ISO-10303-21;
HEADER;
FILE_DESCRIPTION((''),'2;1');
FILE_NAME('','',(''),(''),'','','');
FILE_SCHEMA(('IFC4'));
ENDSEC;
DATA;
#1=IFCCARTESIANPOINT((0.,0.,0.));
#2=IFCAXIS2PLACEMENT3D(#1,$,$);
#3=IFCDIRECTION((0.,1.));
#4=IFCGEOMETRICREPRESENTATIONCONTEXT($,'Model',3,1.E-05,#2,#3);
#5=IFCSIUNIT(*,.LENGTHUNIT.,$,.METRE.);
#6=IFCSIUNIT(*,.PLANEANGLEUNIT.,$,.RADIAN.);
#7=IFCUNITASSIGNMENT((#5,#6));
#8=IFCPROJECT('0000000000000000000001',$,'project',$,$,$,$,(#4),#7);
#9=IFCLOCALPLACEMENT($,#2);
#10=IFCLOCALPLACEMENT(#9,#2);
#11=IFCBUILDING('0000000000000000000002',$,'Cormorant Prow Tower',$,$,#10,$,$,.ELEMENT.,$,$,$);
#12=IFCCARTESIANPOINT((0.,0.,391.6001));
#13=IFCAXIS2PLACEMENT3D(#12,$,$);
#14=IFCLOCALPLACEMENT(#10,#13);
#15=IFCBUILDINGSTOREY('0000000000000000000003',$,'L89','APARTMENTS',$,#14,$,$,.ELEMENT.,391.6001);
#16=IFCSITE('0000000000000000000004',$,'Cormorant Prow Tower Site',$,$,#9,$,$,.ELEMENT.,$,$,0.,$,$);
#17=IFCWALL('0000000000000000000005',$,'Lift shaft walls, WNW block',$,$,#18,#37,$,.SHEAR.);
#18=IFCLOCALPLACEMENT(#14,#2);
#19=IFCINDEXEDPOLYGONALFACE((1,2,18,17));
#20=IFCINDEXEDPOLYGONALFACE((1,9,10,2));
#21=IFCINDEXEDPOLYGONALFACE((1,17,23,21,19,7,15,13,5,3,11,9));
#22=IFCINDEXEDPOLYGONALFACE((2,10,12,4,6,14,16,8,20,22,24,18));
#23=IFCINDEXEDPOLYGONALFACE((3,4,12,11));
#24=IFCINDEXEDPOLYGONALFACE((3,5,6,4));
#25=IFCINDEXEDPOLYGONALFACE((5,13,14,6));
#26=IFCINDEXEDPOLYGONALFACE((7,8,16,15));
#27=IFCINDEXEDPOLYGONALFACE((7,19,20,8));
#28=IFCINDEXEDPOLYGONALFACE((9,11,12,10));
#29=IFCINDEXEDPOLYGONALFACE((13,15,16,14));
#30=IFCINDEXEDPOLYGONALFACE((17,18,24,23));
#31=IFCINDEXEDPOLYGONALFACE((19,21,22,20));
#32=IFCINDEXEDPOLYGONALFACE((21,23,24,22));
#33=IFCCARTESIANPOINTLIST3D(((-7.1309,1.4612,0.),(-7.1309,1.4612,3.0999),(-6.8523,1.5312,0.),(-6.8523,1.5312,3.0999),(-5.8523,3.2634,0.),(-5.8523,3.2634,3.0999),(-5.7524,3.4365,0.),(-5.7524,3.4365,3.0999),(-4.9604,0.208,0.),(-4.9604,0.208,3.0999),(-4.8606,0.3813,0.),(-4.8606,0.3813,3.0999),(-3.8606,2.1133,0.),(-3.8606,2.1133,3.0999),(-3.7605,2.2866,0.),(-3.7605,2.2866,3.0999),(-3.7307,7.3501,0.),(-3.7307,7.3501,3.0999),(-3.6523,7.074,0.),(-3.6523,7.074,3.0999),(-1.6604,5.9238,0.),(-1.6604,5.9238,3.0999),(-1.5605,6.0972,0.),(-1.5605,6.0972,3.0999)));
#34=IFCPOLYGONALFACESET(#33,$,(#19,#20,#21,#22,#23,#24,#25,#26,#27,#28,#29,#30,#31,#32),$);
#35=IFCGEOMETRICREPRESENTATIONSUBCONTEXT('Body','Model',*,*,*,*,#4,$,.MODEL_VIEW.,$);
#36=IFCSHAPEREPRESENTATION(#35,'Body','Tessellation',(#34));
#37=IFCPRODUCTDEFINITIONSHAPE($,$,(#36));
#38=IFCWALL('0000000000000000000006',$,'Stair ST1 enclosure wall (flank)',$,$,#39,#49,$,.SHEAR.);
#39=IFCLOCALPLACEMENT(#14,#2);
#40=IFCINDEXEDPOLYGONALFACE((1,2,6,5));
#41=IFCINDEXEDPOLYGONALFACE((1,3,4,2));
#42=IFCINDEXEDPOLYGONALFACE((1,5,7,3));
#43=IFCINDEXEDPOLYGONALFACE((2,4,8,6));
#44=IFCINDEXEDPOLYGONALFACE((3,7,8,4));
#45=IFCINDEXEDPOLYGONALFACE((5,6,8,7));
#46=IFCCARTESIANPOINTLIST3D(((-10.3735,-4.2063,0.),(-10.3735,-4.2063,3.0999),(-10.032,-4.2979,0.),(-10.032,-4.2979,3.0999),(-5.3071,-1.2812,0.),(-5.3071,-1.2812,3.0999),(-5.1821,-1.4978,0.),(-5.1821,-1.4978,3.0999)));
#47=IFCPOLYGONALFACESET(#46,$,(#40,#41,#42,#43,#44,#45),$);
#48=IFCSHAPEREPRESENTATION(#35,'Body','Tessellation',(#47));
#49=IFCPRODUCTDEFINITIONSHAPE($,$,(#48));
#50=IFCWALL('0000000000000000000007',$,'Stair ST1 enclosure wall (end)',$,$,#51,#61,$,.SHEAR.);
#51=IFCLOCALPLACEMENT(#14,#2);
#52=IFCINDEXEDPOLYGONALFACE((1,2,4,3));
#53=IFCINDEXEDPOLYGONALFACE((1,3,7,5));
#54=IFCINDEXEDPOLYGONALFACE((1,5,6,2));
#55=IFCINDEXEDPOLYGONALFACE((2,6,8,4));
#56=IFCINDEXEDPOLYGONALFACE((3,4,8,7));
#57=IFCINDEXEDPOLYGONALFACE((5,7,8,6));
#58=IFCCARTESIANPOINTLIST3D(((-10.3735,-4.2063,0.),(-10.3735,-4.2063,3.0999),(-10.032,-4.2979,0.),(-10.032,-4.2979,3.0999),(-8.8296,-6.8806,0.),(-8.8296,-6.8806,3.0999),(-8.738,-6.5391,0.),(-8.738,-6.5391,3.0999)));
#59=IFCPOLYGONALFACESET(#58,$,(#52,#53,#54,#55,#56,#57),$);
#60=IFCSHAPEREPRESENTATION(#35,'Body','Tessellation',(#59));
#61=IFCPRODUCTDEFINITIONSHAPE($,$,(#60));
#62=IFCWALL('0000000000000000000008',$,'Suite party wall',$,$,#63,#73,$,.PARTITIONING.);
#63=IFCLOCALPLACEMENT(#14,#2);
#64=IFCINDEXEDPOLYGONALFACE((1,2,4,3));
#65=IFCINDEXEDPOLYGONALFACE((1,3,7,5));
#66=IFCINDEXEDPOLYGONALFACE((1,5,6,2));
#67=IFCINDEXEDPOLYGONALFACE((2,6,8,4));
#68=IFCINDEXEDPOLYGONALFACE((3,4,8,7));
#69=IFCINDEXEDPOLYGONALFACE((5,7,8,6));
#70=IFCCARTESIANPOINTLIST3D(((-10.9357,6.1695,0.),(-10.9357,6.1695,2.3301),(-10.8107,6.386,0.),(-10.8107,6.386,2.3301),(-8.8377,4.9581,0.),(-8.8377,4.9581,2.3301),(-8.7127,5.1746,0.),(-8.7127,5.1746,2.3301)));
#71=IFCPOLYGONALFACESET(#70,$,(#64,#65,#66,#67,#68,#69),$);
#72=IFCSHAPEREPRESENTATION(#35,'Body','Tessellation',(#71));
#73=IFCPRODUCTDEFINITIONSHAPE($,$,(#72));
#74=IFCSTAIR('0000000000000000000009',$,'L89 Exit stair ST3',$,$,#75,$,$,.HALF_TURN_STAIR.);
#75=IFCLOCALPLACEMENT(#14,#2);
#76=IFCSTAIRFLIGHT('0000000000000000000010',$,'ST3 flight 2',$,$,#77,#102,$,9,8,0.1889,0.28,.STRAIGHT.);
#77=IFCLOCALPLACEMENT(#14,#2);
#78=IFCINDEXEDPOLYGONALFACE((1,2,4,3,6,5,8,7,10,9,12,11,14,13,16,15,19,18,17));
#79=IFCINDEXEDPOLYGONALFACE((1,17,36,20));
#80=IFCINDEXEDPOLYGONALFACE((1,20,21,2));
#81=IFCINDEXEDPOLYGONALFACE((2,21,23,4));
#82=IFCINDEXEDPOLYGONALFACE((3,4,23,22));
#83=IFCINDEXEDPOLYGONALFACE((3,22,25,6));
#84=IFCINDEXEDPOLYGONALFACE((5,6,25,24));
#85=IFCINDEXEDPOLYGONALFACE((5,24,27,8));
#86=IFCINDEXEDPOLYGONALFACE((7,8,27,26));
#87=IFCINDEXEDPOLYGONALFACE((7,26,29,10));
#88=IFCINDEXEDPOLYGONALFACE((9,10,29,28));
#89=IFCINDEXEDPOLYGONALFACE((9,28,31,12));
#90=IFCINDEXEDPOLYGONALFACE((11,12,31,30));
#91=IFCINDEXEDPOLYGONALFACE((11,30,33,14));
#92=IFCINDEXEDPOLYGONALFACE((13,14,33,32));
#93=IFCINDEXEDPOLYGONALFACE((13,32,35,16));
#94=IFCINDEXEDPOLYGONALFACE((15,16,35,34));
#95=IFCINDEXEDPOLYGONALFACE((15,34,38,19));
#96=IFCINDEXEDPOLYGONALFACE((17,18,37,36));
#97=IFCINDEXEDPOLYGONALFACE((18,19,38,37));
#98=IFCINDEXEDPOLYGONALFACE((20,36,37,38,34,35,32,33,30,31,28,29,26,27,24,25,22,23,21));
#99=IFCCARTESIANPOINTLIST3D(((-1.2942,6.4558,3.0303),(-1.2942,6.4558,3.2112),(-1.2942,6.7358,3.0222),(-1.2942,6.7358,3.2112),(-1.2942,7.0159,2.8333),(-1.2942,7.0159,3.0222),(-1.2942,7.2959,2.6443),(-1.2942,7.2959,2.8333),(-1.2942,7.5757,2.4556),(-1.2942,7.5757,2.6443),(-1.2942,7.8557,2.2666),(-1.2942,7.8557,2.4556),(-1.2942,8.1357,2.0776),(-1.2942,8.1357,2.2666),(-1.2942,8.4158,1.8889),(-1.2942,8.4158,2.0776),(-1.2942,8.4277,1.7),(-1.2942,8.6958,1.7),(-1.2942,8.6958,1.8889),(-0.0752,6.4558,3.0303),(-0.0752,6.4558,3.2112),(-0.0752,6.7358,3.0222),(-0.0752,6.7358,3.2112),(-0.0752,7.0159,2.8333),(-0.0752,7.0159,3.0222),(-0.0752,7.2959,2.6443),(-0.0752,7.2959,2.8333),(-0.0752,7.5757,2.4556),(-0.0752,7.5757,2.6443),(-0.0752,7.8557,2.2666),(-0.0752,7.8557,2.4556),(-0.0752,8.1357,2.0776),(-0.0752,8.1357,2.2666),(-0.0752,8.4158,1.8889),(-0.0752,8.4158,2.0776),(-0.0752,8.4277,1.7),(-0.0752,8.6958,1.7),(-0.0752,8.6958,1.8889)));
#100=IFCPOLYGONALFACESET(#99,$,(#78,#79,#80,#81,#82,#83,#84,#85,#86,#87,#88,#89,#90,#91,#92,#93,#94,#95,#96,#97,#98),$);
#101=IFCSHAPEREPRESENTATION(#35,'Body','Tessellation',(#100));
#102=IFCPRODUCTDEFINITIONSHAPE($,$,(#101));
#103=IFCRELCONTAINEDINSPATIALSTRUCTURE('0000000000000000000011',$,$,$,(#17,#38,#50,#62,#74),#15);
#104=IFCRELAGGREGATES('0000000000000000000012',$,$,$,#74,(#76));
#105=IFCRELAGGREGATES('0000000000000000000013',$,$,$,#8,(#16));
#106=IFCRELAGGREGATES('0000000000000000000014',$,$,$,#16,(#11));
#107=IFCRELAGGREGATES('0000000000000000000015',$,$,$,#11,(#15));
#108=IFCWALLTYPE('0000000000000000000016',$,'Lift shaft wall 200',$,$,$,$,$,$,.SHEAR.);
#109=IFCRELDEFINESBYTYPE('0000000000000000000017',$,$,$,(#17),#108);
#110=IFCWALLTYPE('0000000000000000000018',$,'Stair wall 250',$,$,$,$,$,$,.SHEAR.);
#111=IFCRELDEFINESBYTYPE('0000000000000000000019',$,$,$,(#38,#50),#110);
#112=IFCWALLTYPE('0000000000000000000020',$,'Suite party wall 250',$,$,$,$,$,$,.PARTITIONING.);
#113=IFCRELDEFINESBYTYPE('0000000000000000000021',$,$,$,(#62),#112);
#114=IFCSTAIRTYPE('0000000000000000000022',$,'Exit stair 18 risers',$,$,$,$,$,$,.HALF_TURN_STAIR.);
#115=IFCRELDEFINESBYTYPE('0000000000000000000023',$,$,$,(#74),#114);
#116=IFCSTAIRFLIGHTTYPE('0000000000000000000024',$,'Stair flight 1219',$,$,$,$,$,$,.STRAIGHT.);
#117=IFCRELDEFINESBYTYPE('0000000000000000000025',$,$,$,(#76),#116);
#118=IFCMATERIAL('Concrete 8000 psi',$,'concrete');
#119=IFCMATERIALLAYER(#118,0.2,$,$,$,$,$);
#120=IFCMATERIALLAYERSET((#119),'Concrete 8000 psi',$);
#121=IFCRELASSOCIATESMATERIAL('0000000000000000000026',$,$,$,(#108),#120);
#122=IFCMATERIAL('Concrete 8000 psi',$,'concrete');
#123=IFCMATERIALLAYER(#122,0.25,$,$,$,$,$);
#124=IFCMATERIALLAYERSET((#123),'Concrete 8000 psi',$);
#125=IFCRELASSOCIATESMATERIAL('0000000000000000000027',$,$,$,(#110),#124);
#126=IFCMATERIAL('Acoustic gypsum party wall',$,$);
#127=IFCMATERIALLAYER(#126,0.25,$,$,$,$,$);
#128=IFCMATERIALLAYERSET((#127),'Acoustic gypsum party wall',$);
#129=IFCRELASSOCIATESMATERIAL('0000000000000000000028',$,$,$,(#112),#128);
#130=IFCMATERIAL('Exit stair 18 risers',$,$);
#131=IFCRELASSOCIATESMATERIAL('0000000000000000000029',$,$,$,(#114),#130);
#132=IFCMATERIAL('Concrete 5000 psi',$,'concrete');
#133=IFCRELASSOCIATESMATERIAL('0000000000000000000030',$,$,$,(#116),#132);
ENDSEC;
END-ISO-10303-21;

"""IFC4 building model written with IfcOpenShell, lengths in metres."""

from ifc_helpers import new_model, si_unit, direction, frame, frame_2d, origin, place, context, subcontext, project, spatial, polyline, rectangle, outline, extrude, material, layer, layer_set, type_object, element, aggregate, save


model = new_model("IFC4")

# Units and contexts
model_context = context("Model", 3, precision=1e-05, world=origin(), true_north=direction((0.0, 1.0)))
body_context = subcontext(model_context, "Body", "Model", "MODEL_VIEW")
ifc_project = project(units=[si_unit("LENGTHUNIT", "METRE"), si_unit("PLANEANGLEUNIT", "RADIAN")], contexts=[model_context])

# Site, building, storey
site_placement = place(None, origin())
site = spatial("IfcSite", under=ifc_project, at=site_placement, Name="Cormorant Prow Tower Site", CompositionType="ELEMENT", RefElevation=0.0)
building_placement = place(site_placement, origin())
building = spatial("IfcBuilding", under=site, at=building_placement, Name="Cormorant Prow Tower", CompositionType="ELEMENT")
storey_placement = place(building_placement, frame((0.0, 0.0, 391.6001)))
storey = spatial("IfcBuildingStorey", under=building, at=storey_placement, Name="L89", Description="APARTMENTS", CompositionType="ELEMENT", Elevation=391.6001)

# Walls
ifc_material_1 = material(Name="Concrete 8000 psi", Category="concrete")
ifc_layer_1 = layer(ifc_material_1, 0.2)
ifc_layer_set_1 = layer_set([ifc_layer_1], Name="Concrete 8000 psi")
wall_type_1 = type_object("IfcWallType", Name="Lift shaft wall 200", PredefinedType="SHEAR", material=ifc_layer_set_1)
wall_1_placement = place(storey_placement, origin())
element("IfcWall", 1, at=wall_1_placement, inside=storey, type_object=wall_type_1, Name="Lift shaft walls, WNW block", PredefinedType="SHEAR", context=body_context, shape_type="SweptSolid", body=[
    extrude(outline(polyline([(-4.9604, 0.208), (-7.1309, 1.4612), (-3.7307, 7.3501), (-1.5605, 6.0972), (-1.6604, 5.9238), (-3.6523, 7.074), (-5.7524, 3.4365), (-3.7605, 2.2866), (-3.8606, 2.1133), (-5.8523, 3.2634), (-6.8523, 1.5312), (-4.8606, 0.3813), (-4.9604, 0.208)])), origin(), (0.0, 0.0, 1.0), 3.0999),
])
ifc_material_2 = material(Name="Concrete 8000 psi", Category="concrete")
ifc_layer_2 = layer(ifc_material_2, 0.25)
ifc_layer_set_2 = layer_set([ifc_layer_2], Name="Concrete 8000 psi")
wall_type_2 = type_object("IfcWallType", Name="Stair wall 250", PredefinedType="SHEAR", material=ifc_layer_set_2)
wall_2_placement = place(storey_placement, origin())
element("IfcWall", 2, at=wall_2_placement, inside=storey, type_object=wall_type_2, Name="Stair ST1 enclosure wall (flank)", PredefinedType="SHEAR", context=body_context, shape_type="SweptSolid", body=[
    extrude(outline(polyline([(-5.3071, -1.2812), (-10.3735, -4.2063), (-10.032, -4.2979), (-5.1821, -1.4978), (-5.3071, -1.2812)])), origin(), (0.0, 0.0, 1.0), 3.0999),
])
wall_3_placement = place(storey_placement, origin())
element("IfcWall", 3, at=wall_3_placement, inside=storey, type_object=wall_type_2, Name="Stair ST1 enclosure wall (end)", PredefinedType="SHEAR", context=body_context, shape_type="SweptSolid", body=[
    extrude(outline(polyline([(-10.3735, -4.2063), (-8.8296, -6.8806), (-8.738, -6.5391), (-10.032, -4.2979), (-10.3735, -4.2063)])), origin(), (0.0, 0.0, 1.0), 3.0999),
])
ifc_material_3 = material(Name="Acoustic gypsum party wall")
ifc_layer_3 = layer(ifc_material_3, 0.25)
ifc_layer_set_3 = layer_set([ifc_layer_3], Name="Acoustic gypsum party wall")
wall_type_3 = type_object("IfcWallType", Name="Suite party wall 250", PredefinedType="PARTITIONING", material=ifc_layer_set_3)
wall_4_placement = place(storey_placement, frame((-10.8733, 6.2778, 0.0), z_axis=(0.0, 0.0, 1.0), x_axis=(0.865989, -0.500063, 0.0)))
element("IfcWall", 4, at=wall_4_placement, inside=storey, type_object=wall_type_3, Name="Suite party wall", PredefinedType="PARTITIONING", context=body_context, shape_type="SweptSolid", body=[
    extrude(rectangle(XDim=2.4226, YDim=0.25, at=frame_2d((1.2114, 0.0))), origin(), (0.0, 0.0, 1.0), 2.3301),
])

# Stair, stair flight
ifc_material_4 = material(Name="Exit stair 18 risers")
stair_type = type_object("IfcStairType", Name="Exit stair 18 risers", PredefinedType="HALF_TURN_STAIR", material=ifc_material_4)
stair_placement = place(storey_placement, origin())
stair = element("IfcStair", 5, at=stair_placement, inside=storey, type_object=stair_type, Name="L89 Exit stair ST3", PredefinedType="HALF_TURN_STAIR")
ifc_material_5 = material(Name="Concrete 5000 psi", Category="concrete")
stair_flight_type = type_object("IfcStairFlightType", Name="Stair flight 1219", PredefinedType="STRAIGHT", material=ifc_material_5)
stair_flight_placement = place(storey_placement, frame((-0.6846, 8.6958, 1.7), z_axis=(0.0, 0.0, 1.0), x_axis=(0.0, -1.0, 0.0)))
stair_flight = element("IfcStairFlight", 6, at=stair_flight_placement, type_object=stair_flight_type, Name="ST3 flight 2", NumberOfRisers=9, NumberOfTreads=8, PredefinedType="STRAIGHT", RiserHeight=0.1889, TreadLength=0.28, context=body_context, shape_type="SweptSolid", body=[
    extrude(outline(polyline([(0.0, 0.0), (0.0, 0.189), (0.28, 0.189), (0.28, 0.3777), (0.5601, 0.3777), (0.5601, 0.5667), (0.8401, 0.5667), (0.8401, 0.7556), (1.1201, 0.7556), (1.1201, 0.9443), (1.3999, 0.9443), (1.3999, 1.1333), (1.6799, 1.1333), (1.6799, 1.3223), (1.96, 1.3223), (1.96, 1.5112), (2.24, 1.5112), (2.24, 1.7), (2.24, 1.3303), (0.2681, 0.0), (0.0, 0.0)])), frame((0.0, 0.6094, 0.0), z_axis=(0.0, -1.0, 0.0), x_axis=(1.0, 0.0, 0.0)), (0.0, 0.0, 1.0), 1.219),
])
aggregate(stair, [stair_flight])

save(model, "model.ifc")
